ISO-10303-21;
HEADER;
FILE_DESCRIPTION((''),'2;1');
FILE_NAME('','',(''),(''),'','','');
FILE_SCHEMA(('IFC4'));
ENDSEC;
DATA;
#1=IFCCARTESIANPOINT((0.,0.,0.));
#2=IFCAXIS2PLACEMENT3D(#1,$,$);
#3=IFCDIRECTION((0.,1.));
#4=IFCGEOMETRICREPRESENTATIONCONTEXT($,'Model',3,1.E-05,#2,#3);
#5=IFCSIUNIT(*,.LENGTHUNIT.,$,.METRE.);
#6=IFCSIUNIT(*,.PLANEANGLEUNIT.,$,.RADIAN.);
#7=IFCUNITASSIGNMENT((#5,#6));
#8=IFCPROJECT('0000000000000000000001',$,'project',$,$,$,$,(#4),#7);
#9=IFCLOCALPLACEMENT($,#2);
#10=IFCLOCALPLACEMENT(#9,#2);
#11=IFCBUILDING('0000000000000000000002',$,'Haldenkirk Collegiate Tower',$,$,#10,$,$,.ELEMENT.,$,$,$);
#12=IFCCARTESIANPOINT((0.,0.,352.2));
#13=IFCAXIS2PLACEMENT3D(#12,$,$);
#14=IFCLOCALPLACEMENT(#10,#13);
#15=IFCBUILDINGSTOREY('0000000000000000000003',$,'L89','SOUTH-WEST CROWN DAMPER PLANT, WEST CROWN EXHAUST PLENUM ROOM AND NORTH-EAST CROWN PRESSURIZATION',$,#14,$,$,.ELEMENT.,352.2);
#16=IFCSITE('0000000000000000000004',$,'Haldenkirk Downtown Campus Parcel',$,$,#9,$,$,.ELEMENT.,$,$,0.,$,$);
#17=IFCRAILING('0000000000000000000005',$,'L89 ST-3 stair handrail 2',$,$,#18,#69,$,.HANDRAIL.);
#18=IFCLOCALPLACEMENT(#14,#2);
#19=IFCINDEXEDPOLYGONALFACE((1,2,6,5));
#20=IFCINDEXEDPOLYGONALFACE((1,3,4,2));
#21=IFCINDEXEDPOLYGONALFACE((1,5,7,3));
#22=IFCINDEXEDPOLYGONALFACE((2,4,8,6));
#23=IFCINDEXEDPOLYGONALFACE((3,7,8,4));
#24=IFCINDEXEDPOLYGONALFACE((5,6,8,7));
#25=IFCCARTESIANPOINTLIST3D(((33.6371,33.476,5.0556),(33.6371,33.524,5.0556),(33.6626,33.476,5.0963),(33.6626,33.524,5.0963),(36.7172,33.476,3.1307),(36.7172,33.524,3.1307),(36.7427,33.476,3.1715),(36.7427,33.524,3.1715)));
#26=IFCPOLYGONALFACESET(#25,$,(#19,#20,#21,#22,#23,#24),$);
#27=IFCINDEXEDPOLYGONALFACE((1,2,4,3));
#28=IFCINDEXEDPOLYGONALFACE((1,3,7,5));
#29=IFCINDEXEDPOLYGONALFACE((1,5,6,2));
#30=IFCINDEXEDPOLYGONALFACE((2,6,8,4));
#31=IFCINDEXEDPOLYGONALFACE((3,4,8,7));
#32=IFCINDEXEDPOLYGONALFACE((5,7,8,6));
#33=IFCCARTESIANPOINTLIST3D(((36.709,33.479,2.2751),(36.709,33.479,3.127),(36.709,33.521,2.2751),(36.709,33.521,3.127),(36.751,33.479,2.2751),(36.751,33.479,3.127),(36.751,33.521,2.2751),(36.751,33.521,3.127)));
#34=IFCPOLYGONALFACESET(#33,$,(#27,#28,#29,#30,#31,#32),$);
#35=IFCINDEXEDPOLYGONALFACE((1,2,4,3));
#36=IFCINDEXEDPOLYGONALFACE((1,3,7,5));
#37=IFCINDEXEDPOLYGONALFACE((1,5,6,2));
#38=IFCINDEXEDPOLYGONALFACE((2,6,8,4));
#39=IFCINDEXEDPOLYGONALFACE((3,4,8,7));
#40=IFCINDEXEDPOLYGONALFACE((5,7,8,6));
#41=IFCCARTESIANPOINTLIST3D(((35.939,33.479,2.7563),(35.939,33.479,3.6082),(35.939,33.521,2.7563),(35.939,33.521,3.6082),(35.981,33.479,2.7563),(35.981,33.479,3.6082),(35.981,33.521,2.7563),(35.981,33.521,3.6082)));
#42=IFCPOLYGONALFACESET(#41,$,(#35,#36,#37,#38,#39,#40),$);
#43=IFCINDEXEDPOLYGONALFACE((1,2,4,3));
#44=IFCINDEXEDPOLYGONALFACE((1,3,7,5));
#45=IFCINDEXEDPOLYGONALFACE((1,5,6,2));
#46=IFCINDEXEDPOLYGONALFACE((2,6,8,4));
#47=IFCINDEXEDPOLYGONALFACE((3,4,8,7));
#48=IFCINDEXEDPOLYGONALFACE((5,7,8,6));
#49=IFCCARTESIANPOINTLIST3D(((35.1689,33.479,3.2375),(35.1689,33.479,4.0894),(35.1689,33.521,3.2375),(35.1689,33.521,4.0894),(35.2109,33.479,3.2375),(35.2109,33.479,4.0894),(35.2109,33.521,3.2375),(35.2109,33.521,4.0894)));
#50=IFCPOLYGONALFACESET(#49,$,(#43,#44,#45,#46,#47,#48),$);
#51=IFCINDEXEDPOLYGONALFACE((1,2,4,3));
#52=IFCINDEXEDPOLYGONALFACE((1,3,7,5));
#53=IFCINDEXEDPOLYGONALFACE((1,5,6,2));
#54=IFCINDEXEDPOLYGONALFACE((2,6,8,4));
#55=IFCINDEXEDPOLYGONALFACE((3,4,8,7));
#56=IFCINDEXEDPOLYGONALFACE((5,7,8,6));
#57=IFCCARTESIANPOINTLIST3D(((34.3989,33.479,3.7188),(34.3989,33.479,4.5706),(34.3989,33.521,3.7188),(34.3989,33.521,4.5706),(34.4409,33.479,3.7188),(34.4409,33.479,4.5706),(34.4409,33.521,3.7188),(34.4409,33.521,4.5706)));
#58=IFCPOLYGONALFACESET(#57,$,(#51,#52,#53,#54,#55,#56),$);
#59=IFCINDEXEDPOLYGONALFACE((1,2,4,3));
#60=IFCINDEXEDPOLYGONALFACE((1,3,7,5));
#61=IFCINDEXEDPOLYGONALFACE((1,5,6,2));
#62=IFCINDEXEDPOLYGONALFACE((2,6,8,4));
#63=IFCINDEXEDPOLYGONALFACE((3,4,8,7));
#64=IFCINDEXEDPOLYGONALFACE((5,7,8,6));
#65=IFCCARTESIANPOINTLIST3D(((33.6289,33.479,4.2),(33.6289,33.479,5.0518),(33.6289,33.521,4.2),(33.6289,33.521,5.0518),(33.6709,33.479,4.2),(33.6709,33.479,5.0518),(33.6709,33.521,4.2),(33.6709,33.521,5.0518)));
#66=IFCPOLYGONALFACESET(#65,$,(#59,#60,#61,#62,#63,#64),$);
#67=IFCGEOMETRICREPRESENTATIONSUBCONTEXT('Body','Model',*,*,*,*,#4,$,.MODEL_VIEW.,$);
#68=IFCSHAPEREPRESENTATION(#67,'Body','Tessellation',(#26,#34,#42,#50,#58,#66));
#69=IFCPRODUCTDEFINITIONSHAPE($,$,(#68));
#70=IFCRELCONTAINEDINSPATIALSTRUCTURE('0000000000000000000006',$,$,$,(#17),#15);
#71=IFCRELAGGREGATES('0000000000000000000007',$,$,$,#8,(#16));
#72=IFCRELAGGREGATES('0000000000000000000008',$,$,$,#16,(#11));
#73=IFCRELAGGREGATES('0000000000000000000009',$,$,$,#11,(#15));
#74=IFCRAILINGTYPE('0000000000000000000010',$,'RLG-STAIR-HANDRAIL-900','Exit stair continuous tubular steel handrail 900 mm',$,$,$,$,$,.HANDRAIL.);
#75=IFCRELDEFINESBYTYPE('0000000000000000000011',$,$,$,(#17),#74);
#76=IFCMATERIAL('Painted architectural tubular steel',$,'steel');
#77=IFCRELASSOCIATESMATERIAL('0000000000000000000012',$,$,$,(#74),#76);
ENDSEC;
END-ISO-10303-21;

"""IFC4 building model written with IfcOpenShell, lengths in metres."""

from ifc_helpers import new_model, si_unit, direction, frame, origin, origin_2d, place, context, subcontext, project, spatial, rectangle, extrude, material, type_object, element, save


model = new_model("IFC4")

# Units and contexts
model_context = context("Model", 3, precision=1e-05, world=origin(), true_north=direction((0.0, 1.0)))
body_context = subcontext(model_context, "Body", "Model", "MODEL_VIEW")
ifc_project = project(units=[si_unit("LENGTHUNIT", "METRE"), si_unit("PLANEANGLEUNIT", "RADIAN")], contexts=[model_context])

# Site, building, storey
site_placement = place(None, origin())
site = spatial("IfcSite", under=ifc_project, at=site_placement, Name="Haldenkirk Downtown Campus Parcel", CompositionType="ELEMENT", RefElevation=0.0)
building_placement = place(site_placement, origin())
building = spatial("IfcBuilding", under=site, at=building_placement, Name="Haldenkirk Collegiate Tower", CompositionType="ELEMENT")
storey_placement = place(building_placement, frame((0.0, 0.0, 352.2)))
storey = spatial("IfcBuildingStorey", under=building, at=storey_placement, Name="L89", Description="SOUTH-WEST CROWN DAMPER PLANT, WEST CROWN EXHAUST PLENUM ROOM AND NORTH-EAST CROWN PRESSURIZATION", CompositionType="ELEMENT", Elevation=352.2)

# Railing
ifc_material_1 = material(Name="Painted architectural tubular steel", Category="steel")
railing_type_1 = type_object("IfcRailingType", Name="RLG-STAIR-HANDRAIL-900", Description="Exit stair continuous tubular steel handrail 900 mm", PredefinedType="HANDRAIL", material=ifc_material_1)
railing_1_placement = place(storey_placement, frame((36.73, 33.5, 2.2751)))
element("IfcRailing", 1, at=railing_1_placement, inside=storey, type_object=railing_type_1, Name="L89 ST-3 stair handrail 2", PredefinedType="HANDRAIL", context=body_context, shape_type="SweptSolid", body=[
    extrude(rectangle(XDim=0.0481, YDim=0.0481, at=origin_2d()), frame((0.0, 0.0, 0.876), z_axis=(-0.848029, 0.0, 0.529951), x_axis=(0.0, -1.0, 0.0)), (0.0, 0.0, 1.0), 3.6321),
    extrude(rectangle(XDim=0.042, YDim=0.042, at=origin_2d()), origin(), (0.0, 0.0, 1.0), 0.8518),
    extrude(rectangle(XDim=0.042, YDim=0.042, at=origin_2d()), frame((-0.77, 0.0, 0.4812)), (0.0, 0.0, 1.0), 0.8518),
    extrude(rectangle(XDim=0.042, YDim=0.042, at=origin_2d()), frame((-1.54, 0.0, 0.9624)), (0.0, 0.0, 1.0), 0.8518),
    extrude(rectangle(XDim=0.042, YDim=0.042, at=origin_2d()), frame((-2.3101, 0.0, 1.4436)), (0.0, 0.0, 1.0), 0.8518),
    extrude(rectangle(XDim=0.042, YDim=0.042, at=origin_2d()), frame((-3.0801, 0.0, 1.9248)), (0.0, 0.0, 1.0), 0.8518),
])

save(model, "model.ifc")
